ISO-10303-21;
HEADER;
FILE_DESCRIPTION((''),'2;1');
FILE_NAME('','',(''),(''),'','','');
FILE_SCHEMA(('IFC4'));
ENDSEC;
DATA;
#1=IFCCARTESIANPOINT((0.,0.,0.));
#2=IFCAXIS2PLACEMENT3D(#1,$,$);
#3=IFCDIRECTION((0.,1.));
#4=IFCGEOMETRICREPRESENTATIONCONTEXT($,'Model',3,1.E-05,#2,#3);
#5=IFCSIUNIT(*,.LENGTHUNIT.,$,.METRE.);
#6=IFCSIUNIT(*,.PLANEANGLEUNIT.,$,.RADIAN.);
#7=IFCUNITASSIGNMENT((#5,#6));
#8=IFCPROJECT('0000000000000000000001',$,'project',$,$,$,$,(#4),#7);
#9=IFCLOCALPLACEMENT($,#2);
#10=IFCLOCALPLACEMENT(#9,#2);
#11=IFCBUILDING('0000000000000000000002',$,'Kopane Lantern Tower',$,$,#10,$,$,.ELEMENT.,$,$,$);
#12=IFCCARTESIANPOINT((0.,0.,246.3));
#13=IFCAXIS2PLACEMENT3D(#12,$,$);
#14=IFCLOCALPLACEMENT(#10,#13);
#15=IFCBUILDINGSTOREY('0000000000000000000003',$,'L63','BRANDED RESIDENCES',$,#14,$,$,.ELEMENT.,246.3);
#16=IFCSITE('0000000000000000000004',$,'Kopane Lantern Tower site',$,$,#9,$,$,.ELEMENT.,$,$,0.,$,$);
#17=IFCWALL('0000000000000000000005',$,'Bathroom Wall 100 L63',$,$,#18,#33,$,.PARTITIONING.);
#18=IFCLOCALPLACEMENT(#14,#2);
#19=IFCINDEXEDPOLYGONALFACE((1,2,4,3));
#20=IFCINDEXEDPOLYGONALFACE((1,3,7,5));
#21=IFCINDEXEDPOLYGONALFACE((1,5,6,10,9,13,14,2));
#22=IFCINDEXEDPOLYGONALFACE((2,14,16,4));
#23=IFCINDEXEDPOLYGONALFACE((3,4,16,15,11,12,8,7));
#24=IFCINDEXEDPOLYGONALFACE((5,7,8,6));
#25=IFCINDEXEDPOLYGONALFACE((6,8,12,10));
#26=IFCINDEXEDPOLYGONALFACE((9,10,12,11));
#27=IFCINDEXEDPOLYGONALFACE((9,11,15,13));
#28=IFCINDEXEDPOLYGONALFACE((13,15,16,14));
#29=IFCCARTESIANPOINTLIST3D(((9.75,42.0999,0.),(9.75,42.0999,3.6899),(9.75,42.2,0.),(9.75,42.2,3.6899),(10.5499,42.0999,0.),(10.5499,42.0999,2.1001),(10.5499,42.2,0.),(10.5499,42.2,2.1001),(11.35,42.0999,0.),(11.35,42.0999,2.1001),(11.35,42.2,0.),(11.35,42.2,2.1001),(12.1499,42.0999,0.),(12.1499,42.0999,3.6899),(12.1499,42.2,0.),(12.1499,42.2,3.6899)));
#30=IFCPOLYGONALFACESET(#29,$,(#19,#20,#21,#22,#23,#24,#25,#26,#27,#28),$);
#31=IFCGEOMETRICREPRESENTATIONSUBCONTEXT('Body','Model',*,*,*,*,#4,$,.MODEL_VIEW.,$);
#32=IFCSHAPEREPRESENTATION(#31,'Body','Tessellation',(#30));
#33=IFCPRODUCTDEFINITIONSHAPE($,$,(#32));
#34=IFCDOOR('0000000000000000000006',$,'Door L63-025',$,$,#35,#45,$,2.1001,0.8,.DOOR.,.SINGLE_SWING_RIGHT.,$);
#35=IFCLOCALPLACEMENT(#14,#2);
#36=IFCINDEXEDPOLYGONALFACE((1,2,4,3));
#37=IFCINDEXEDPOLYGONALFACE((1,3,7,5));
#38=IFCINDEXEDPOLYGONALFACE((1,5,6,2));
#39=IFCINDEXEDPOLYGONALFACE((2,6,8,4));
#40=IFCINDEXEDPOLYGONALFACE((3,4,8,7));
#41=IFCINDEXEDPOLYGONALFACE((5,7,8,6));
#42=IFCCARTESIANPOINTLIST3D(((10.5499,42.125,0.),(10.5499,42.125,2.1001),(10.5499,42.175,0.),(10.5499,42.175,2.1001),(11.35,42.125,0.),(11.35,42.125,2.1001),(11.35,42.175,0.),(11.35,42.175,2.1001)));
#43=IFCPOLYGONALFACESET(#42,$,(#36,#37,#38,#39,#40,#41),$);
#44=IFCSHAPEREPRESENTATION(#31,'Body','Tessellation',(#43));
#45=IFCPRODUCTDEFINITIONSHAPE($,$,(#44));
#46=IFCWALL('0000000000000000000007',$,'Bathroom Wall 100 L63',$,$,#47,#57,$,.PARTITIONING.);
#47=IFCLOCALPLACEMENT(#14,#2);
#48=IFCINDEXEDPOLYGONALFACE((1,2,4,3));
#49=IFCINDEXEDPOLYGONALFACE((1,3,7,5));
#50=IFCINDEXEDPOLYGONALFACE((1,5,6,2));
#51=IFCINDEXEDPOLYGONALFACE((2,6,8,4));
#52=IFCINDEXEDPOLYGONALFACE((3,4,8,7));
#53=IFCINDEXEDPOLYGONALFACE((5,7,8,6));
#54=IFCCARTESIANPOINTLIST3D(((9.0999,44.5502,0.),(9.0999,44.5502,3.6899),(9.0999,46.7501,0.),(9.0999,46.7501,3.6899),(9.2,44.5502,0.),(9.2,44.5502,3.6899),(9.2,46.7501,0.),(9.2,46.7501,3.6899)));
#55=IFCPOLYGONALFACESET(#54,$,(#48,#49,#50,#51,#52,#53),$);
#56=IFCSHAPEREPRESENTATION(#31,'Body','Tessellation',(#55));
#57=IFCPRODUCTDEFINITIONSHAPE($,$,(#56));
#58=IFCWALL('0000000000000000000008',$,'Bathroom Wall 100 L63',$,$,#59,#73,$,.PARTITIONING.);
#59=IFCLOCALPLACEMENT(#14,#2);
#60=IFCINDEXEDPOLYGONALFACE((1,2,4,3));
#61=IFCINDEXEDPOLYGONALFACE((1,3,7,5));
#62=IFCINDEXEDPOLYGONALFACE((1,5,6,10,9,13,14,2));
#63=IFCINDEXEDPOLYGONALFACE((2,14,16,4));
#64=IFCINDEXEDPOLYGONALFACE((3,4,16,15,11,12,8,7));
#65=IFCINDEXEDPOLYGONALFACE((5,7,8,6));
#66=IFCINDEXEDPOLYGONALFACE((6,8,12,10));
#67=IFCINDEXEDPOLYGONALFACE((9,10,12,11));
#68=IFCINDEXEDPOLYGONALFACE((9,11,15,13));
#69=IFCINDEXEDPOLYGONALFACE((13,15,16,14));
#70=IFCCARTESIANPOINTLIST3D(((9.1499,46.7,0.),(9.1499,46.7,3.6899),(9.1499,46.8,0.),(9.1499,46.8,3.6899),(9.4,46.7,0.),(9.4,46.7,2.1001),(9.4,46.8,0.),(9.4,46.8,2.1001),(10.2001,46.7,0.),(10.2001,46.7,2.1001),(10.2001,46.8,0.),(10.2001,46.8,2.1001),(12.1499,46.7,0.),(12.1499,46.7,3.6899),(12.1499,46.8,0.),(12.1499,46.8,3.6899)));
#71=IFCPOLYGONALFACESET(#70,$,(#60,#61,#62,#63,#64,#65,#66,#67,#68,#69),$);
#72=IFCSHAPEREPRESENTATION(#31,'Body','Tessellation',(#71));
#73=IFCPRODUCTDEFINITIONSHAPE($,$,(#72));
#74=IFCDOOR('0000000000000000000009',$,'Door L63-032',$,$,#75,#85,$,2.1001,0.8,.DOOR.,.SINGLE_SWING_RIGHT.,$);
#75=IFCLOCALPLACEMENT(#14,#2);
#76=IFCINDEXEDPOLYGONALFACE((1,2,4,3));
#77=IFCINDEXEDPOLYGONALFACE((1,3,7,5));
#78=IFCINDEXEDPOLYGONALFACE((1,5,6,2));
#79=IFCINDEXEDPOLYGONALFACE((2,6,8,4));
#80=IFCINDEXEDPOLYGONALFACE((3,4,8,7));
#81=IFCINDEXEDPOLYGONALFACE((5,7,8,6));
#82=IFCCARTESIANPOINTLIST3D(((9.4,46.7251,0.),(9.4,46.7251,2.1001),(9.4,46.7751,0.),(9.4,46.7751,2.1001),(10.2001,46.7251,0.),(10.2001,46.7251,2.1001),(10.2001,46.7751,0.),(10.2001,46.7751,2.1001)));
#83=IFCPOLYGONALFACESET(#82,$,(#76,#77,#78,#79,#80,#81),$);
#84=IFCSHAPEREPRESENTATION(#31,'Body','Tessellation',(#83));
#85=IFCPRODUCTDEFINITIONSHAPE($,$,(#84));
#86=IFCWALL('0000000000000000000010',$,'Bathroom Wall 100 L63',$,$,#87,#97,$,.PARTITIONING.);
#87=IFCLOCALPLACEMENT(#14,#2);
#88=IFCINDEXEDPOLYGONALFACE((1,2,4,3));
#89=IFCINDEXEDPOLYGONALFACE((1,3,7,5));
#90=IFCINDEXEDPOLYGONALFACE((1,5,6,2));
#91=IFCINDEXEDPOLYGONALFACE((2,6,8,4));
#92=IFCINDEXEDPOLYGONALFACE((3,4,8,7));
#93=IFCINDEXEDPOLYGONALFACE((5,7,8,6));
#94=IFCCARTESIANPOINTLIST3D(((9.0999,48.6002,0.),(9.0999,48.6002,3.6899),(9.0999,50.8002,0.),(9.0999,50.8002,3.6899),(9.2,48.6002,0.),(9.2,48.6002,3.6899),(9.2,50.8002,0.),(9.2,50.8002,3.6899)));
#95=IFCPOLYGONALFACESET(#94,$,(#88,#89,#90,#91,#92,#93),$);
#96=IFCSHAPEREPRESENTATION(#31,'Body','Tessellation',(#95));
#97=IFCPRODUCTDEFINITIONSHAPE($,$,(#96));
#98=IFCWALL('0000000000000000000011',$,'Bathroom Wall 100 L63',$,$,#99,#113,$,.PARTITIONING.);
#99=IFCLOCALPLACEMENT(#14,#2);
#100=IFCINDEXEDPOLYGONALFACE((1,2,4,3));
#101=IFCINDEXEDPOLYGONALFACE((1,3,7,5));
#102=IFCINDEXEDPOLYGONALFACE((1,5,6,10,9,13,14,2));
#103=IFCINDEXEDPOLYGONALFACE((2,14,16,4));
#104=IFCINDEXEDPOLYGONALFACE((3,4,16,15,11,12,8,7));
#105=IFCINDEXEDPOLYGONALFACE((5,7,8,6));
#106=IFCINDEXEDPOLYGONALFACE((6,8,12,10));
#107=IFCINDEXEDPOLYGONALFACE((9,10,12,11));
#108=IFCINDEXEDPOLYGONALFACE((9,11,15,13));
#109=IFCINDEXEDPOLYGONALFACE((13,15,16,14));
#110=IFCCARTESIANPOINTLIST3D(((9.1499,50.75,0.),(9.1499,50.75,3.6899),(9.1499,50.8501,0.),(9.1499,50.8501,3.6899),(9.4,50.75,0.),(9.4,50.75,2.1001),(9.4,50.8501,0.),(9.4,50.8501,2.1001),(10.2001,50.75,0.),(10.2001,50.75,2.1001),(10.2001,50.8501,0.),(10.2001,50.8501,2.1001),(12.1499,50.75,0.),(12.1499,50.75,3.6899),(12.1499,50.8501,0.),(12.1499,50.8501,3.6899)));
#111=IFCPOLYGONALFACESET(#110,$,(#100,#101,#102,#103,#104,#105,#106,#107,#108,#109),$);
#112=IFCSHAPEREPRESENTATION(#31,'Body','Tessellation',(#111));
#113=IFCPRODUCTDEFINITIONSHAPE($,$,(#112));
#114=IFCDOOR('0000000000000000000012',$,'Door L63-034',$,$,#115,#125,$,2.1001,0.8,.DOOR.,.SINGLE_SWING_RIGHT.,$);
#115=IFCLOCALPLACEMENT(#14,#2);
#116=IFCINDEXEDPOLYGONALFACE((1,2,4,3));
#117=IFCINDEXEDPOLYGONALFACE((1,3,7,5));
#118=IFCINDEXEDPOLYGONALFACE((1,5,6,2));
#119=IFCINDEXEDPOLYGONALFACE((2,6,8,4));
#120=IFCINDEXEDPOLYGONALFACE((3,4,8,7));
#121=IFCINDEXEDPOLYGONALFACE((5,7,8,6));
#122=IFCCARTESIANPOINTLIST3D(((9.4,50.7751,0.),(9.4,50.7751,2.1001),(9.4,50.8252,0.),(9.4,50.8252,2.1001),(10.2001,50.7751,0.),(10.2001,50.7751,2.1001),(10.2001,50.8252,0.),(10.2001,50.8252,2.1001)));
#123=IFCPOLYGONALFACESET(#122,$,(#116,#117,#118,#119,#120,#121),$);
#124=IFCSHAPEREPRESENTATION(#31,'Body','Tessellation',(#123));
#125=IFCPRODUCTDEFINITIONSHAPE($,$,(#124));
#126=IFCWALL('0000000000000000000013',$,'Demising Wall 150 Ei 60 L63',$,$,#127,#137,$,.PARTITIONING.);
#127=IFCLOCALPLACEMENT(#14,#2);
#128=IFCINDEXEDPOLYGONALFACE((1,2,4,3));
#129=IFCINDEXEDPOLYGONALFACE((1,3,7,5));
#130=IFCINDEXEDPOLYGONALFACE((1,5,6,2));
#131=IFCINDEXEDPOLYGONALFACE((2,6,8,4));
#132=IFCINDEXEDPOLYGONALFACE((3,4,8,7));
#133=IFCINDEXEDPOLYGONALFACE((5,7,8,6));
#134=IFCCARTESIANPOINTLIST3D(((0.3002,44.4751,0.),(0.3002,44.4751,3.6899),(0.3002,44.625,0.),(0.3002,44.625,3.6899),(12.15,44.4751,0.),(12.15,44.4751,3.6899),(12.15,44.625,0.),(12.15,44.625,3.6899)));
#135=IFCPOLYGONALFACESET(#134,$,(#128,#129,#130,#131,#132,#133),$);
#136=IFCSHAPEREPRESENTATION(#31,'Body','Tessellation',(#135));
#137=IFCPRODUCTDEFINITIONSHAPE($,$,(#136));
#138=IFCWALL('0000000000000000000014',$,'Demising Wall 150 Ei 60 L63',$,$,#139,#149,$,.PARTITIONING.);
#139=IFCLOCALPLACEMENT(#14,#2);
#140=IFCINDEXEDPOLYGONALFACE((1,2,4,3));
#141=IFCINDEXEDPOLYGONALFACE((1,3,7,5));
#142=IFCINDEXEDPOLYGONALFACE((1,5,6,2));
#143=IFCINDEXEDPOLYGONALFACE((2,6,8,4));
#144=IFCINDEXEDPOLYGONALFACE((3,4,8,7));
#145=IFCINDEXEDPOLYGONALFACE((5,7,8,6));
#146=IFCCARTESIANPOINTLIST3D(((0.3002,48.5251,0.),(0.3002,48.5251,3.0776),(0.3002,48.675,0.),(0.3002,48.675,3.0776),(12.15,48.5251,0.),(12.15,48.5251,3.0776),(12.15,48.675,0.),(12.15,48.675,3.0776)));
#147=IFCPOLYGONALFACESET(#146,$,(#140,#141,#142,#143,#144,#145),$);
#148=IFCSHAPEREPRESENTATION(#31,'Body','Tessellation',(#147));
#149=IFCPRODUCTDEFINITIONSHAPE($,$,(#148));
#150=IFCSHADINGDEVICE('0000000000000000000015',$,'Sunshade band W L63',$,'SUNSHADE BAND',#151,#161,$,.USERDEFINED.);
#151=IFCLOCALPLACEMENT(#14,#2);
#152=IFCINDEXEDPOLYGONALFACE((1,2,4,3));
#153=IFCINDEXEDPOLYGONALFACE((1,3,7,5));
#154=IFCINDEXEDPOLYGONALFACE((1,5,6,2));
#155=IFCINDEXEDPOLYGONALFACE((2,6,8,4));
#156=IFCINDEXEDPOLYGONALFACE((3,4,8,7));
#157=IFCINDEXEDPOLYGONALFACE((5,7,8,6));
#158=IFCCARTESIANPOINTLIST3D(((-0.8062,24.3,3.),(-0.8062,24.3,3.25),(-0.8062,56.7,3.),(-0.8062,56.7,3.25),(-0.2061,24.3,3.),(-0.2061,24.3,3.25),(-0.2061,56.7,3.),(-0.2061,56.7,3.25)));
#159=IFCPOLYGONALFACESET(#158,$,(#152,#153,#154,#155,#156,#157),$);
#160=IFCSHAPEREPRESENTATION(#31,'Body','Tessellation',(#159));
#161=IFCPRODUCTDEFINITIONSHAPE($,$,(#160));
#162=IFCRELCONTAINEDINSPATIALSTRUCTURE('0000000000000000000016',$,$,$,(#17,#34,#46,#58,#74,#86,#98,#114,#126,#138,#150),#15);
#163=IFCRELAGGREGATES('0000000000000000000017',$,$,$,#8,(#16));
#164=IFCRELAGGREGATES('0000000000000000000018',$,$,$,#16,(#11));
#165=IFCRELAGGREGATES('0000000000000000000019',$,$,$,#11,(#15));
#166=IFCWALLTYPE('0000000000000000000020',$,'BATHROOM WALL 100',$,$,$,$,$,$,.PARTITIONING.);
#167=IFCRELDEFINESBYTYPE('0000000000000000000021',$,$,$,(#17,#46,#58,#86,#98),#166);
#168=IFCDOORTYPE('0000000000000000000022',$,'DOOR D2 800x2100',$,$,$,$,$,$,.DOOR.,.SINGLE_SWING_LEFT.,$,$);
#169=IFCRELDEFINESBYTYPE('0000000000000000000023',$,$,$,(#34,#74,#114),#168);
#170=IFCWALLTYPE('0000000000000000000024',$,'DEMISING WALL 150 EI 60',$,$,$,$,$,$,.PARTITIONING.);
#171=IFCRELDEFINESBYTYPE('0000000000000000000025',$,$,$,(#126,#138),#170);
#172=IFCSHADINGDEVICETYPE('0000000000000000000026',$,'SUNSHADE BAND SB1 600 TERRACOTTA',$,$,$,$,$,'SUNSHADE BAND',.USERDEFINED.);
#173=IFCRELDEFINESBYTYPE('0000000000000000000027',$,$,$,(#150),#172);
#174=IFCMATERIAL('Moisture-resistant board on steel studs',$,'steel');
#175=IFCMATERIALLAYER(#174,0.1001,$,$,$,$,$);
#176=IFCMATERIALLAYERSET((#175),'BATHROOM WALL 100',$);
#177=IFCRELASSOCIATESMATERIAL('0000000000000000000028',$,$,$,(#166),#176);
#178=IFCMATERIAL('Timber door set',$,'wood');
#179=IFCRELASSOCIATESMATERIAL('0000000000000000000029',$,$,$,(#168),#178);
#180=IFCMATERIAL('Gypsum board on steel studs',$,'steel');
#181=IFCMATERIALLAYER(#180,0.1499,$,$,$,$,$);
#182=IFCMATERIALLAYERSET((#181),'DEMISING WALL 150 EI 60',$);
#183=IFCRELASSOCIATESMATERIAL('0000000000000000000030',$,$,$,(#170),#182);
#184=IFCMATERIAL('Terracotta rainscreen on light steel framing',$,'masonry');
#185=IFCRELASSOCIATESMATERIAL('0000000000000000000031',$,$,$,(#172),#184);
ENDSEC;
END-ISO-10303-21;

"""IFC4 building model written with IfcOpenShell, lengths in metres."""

from ifc_helpers import new_model, si_unit, direction, frame, frame_2d, origin, origin_2d, place, context, subcontext, project, spatial, rectangle, extrude, material, layer, layer_set, type_object, element, fill, save


model = new_model("IFC4")

# Units and contexts
model_context = context("Model", 3, precision=1e-05, world=origin(), true_north=direction((0.0, 1.0)))
body_context = subcontext(model_context, "Body", "Model", "MODEL_VIEW")
ifc_project = project(units=[si_unit("LENGTHUNIT", "METRE"), si_unit("PLANEANGLEUNIT", "RADIAN")], contexts=[model_context])

# Site, building, storey
site_placement = place(None, origin())
site = spatial("IfcSite", under=ifc_project, at=site_placement, Name="Kopane Lantern Tower site", CompositionType="ELEMENT", RefElevation=0.0)
building_placement = place(site_placement, origin())
building = spatial("IfcBuilding", under=site, at=building_placement, Name="Kopane Lantern Tower", CompositionType="ELEMENT")
storey_placement = place(building_placement, frame((0.0, 0.0, 246.3)))
storey = spatial("IfcBuildingStorey", under=building, at=storey_placement, Name="L63", Description="BRANDED RESIDENCES", CompositionType="ELEMENT", Elevation=246.3)

# Wall, opening, door
ifc_material_1 = material(Name="Moisture-resistant board on steel studs", Category="steel")
ifc_layer_1 = layer(ifc_material_1, 0.1001)
ifc_layer_set_1 = layer_set([ifc_layer_1], Name="BATHROOM WALL 100")
wall_type_1 = type_object("IfcWallType", Name="BATHROOM WALL 100", PredefinedType="PARTITIONING", material=ifc_layer_set_1)
wall_1_placement = place(storey_placement, frame((12.1499, 42.1499, 0.0), z_axis=(0.0, 0.0, 1.0), x_axis=(-1.0, 0.0, 0.0)))
wall_1 = element("IfcWall", 1, at=wall_1_placement, inside=storey, type_object=wall_type_1, Name="Bathroom Wall 100 L63", PredefinedType="PARTITIONING", context=body_context, shape_type="SweptSolid", body=[
    extrude(rectangle(XDim=2.3999, YDim=0.1001, at=frame_2d((1.2, 0.0))), origin(), (0.0, 0.0, 1.0), 3.6899),
])
opening_1_placement = place(wall_1_placement, frame((0.8, 0.0, 0.0)))
opening_1 = element("IfcOpeningElement", 2, at=opening_1_placement, cuts=wall_1, PredefinedType="OPENING", context=body_context, shape_type="SweptSolid", body=[
    extrude(rectangle(XDim=0.8, YDim=2.1001, at=frame_2d((0.3999, 1.05))), frame((0.0, 0.0601, 0.0), z_axis=(0.0, -1.0, 0.0), x_axis=(1.0, 0.0, 0.0)), (0.0, 0.0, 1.0), 0.1201),
])
ifc_material_2 = material(Name="Timber door set", Category="wood")
door_type = type_object("IfcDoorType", Name="DOOR D2 800x2100", OperationType="SINGLE_SWING_LEFT", PredefinedType="DOOR", material=ifc_material_2)
door_1_placement = place(opening_1_placement, origin())
door_1 = element("IfcDoor", 3, at=door_1_placement, inside=storey, type_object=door_type, Name="Door L63-025", OperationType="SINGLE_SWING_RIGHT", OverallHeight=2.1001, OverallWidth=0.8, PredefinedType="DOOR", context=body_context, shape_type="SweptSolid", body=[
    extrude(rectangle(XDim=0.8, YDim=2.1001, at=frame_2d((0.3999, 1.05))), frame((0.0, 0.0249, 0.0), z_axis=(0.0, -1.0, 0.0), x_axis=(1.0, 0.0, 0.0)), (0.0, 0.0, 1.0), 0.05),
])
fill(opening_1, door_1)

# Wall
wall_2_placement = place(storey_placement, frame((9.1499, 44.55, 0.0), z_axis=(0.0, 0.0, 1.0), x_axis=(0.0, 1.0, 0.0)))
element("IfcWall", 4, at=wall_2_placement, inside=storey, type_object=wall_type_1, Name="Bathroom Wall 100 L63", PredefinedType="PARTITIONING", context=body_context, shape_type="SweptSolid", body=[
    extrude(rectangle(XDim=2.2, YDim=0.1001, at=frame_2d((1.1001, 0.0))), origin(), (0.0, 0.0, 1.0), 3.6899),
])

# Wall, opening, door
wall_3_placement = place(storey_placement, frame((12.1499, 46.75, 0.0), z_axis=(0.0, 0.0, 1.0), x_axis=(-1.0, 0.0, 0.0)))
wall_3 = element("IfcWall", 5, at=wall_3_placement, inside=storey, type_object=wall_type_1, Name="Bathroom Wall 100 L63", PredefinedType="PARTITIONING", context=body_context, shape_type="SweptSolid", body=[
    extrude(rectangle(XDim=3.0, YDim=0.1001, at=frame_2d((1.5, 0.0))), origin(), (0.0, 0.0, 1.0), 3.6899),
])
opening_2_placement = place(wall_3_placement, frame((1.95, 0.0, 0.0)))
opening_2 = element("IfcOpeningElement", 6, at=opening_2_placement, cuts=wall_3, PredefinedType="OPENING", context=body_context, shape_type="SweptSolid", body=[
    extrude(rectangle(XDim=0.8, YDim=2.1001, at=frame_2d((0.3999, 1.05))), frame((0.0, 0.0601, 0.0), z_axis=(0.0, -1.0, 0.0), x_axis=(1.0, 0.0, 0.0)), (0.0, 0.0, 1.0), 0.1201),
])
door_2_placement = place(opening_2_placement, origin())
door_2 = element("IfcDoor", 7, at=door_2_placement, inside=storey, type_object=door_type, Name="Door L63-032", OperationType="SINGLE_SWING_RIGHT", OverallHeight=2.1001, OverallWidth=0.8, PredefinedType="DOOR", context=body_context, shape_type="SweptSolid", body=[
    extrude(rectangle(XDim=0.8, YDim=2.1001, at=frame_2d((0.3999, 1.05))), frame((0.0, 0.0249, 0.0), z_axis=(0.0, -1.0, 0.0), x_axis=(1.0, 0.0, 0.0)), (0.0, 0.0, 1.0), 0.05),
])
fill(opening_2, door_2)

# Wall
wall_4_placement = place(storey_placement, frame((9.1499, 48.6001, 0.0), z_axis=(0.0, 0.0, 1.0), x_axis=(0.0, 1.0, 0.0)))
element("IfcWall", 8, at=wall_4_placement, inside=storey, type_object=wall_type_1, Name="Bathroom Wall 100 L63", PredefinedType="PARTITIONING", context=body_context, shape_type="SweptSolid", body=[
    extrude(rectangle(XDim=2.2, YDim=0.1001, at=frame_2d((1.1001, 0.0))), origin(), (0.0, 0.0, 1.0), 3.6899),
])

# Wall, opening, door
wall_5_placement = place(storey_placement, frame((12.1499, 50.8, 0.0), z_axis=(0.0, 0.0, 1.0), x_axis=(-1.0, 0.0, 0.0)))
wall_5 = element("IfcWall", 9, at=wall_5_placement, inside=storey, type_object=wall_type_1, Name="Bathroom Wall 100 L63", PredefinedType="PARTITIONING", context=body_context, shape_type="SweptSolid", body=[
    extrude(rectangle(XDim=3.0, YDim=0.1001, at=frame_2d((1.5, 0.0))), origin(), (0.0, 0.0, 1.0), 3.6899),
])
opening_3_placement = place(wall_5_placement, frame((1.95, 0.0, 0.0)))
opening_3 = element("IfcOpeningElement", 10, at=opening_3_placement, cuts=wall_5, PredefinedType="OPENING", context=body_context, shape_type="SweptSolid", body=[
    extrude(rectangle(XDim=0.8, YDim=2.1001, at=frame_2d((0.3999, 1.05))), frame((0.0, 0.0601, 0.0), z_axis=(0.0, -1.0, 0.0), x_axis=(1.0, 0.0, 0.0)), (0.0, 0.0, 1.0), 0.1201),
])
door_3_placement = place(opening_3_placement, origin())
door_3 = element("IfcDoor", 11, at=door_3_placement, inside=storey, type_object=door_type, Name="Door L63-034", OperationType="SINGLE_SWING_RIGHT", OverallHeight=2.1001, OverallWidth=0.8, PredefinedType="DOOR", context=body_context, shape_type="SweptSolid", body=[
    extrude(rectangle(XDim=0.8, YDim=2.1001, at=frame_2d((0.3999, 1.05))), frame((0.0, 0.0249, 0.0), z_axis=(0.0, -1.0, 0.0), x_axis=(1.0, 0.0, 0.0)), (0.0, 0.0, 1.0), 0.05),
])
fill(opening_3, door_3)

# Walls
ifc_material_3 = material(Name="Gypsum board on steel studs", Category="steel")
ifc_layer_2 = layer(ifc_material_3, 0.1499)
ifc_layer_set_2 = layer_set([ifc_layer_2], Name="DEMISING WALL 150 EI 60")
wall_type_2 = type_object("IfcWallType", Name="DEMISING WALL 150 EI 60", PredefinedType="PARTITIONING", material=ifc_layer_set_2)
wall_6_placement = place(storey_placement, frame((12.1499, 44.55, 0.0), z_axis=(0.0, 0.0, 1.0), x_axis=(-1.0, 0.0, 0.0)))
element("IfcWall", 12, at=wall_6_placement, inside=storey, type_object=wall_type_2, Name="Demising Wall 150 Ei 60 L63", PredefinedType="PARTITIONING", context=body_context, shape_type="SweptSolid", body=[
    extrude(rectangle(XDim=11.8499, YDim=0.1499, at=frame_2d((5.9248, 0.0))), origin(), (0.0, 0.0, 1.0), 3.6899),
])
wall_7_placement = place(storey_placement, frame((12.1499, 48.6001, 0.0), z_axis=(0.0, 0.0, 1.0), x_axis=(-1.0, 0.0, 0.0)))
element("IfcWall", 13, at=wall_7_placement, inside=storey, type_object=wall_type_2, Name="Demising Wall 150 Ei 60 L63", PredefinedType="PARTITIONING", context=body_context, shape_type="SweptSolid", body=[
    extrude(rectangle(XDim=11.8499, YDim=0.1499, at=frame_2d((5.9248, 0.0))), origin(), (0.0, 0.0, 1.0), 3.0776),
])

# Shading device
ifc_material_4 = material(Name="Terracotta rainscreen on light steel framing", Category="masonry")
shading_device_type = type_object("IfcShadingDeviceType", Name="SUNSHADE BAND SB1 600 TERRACOTTA", ElementType="SUNSHADE BAND", PredefinedType="USERDEFINED", material=ifc_material_4)
shading_device_placement = place(storey_placement, frame((-0.5061, 40.5, 3.0), z_axis=(0.0, 0.0, 1.0), x_axis=(0.0, -1.0, 0.0)))
element("IfcShadingDevice", 14, at=shading_device_placement, inside=storey, type_object=shading_device_type, Name="Sunshade band W L63", ObjectType="SUNSHADE BAND", PredefinedType="USERDEFINED", context=body_context, shape_type="SweptSolid", body=[
    extrude(rectangle(XDim=32.3999, YDim=0.6001, at=origin_2d()), origin(), (0.0, 0.0, 1.0), 0.25),
])

save(model, "model.ifc")
